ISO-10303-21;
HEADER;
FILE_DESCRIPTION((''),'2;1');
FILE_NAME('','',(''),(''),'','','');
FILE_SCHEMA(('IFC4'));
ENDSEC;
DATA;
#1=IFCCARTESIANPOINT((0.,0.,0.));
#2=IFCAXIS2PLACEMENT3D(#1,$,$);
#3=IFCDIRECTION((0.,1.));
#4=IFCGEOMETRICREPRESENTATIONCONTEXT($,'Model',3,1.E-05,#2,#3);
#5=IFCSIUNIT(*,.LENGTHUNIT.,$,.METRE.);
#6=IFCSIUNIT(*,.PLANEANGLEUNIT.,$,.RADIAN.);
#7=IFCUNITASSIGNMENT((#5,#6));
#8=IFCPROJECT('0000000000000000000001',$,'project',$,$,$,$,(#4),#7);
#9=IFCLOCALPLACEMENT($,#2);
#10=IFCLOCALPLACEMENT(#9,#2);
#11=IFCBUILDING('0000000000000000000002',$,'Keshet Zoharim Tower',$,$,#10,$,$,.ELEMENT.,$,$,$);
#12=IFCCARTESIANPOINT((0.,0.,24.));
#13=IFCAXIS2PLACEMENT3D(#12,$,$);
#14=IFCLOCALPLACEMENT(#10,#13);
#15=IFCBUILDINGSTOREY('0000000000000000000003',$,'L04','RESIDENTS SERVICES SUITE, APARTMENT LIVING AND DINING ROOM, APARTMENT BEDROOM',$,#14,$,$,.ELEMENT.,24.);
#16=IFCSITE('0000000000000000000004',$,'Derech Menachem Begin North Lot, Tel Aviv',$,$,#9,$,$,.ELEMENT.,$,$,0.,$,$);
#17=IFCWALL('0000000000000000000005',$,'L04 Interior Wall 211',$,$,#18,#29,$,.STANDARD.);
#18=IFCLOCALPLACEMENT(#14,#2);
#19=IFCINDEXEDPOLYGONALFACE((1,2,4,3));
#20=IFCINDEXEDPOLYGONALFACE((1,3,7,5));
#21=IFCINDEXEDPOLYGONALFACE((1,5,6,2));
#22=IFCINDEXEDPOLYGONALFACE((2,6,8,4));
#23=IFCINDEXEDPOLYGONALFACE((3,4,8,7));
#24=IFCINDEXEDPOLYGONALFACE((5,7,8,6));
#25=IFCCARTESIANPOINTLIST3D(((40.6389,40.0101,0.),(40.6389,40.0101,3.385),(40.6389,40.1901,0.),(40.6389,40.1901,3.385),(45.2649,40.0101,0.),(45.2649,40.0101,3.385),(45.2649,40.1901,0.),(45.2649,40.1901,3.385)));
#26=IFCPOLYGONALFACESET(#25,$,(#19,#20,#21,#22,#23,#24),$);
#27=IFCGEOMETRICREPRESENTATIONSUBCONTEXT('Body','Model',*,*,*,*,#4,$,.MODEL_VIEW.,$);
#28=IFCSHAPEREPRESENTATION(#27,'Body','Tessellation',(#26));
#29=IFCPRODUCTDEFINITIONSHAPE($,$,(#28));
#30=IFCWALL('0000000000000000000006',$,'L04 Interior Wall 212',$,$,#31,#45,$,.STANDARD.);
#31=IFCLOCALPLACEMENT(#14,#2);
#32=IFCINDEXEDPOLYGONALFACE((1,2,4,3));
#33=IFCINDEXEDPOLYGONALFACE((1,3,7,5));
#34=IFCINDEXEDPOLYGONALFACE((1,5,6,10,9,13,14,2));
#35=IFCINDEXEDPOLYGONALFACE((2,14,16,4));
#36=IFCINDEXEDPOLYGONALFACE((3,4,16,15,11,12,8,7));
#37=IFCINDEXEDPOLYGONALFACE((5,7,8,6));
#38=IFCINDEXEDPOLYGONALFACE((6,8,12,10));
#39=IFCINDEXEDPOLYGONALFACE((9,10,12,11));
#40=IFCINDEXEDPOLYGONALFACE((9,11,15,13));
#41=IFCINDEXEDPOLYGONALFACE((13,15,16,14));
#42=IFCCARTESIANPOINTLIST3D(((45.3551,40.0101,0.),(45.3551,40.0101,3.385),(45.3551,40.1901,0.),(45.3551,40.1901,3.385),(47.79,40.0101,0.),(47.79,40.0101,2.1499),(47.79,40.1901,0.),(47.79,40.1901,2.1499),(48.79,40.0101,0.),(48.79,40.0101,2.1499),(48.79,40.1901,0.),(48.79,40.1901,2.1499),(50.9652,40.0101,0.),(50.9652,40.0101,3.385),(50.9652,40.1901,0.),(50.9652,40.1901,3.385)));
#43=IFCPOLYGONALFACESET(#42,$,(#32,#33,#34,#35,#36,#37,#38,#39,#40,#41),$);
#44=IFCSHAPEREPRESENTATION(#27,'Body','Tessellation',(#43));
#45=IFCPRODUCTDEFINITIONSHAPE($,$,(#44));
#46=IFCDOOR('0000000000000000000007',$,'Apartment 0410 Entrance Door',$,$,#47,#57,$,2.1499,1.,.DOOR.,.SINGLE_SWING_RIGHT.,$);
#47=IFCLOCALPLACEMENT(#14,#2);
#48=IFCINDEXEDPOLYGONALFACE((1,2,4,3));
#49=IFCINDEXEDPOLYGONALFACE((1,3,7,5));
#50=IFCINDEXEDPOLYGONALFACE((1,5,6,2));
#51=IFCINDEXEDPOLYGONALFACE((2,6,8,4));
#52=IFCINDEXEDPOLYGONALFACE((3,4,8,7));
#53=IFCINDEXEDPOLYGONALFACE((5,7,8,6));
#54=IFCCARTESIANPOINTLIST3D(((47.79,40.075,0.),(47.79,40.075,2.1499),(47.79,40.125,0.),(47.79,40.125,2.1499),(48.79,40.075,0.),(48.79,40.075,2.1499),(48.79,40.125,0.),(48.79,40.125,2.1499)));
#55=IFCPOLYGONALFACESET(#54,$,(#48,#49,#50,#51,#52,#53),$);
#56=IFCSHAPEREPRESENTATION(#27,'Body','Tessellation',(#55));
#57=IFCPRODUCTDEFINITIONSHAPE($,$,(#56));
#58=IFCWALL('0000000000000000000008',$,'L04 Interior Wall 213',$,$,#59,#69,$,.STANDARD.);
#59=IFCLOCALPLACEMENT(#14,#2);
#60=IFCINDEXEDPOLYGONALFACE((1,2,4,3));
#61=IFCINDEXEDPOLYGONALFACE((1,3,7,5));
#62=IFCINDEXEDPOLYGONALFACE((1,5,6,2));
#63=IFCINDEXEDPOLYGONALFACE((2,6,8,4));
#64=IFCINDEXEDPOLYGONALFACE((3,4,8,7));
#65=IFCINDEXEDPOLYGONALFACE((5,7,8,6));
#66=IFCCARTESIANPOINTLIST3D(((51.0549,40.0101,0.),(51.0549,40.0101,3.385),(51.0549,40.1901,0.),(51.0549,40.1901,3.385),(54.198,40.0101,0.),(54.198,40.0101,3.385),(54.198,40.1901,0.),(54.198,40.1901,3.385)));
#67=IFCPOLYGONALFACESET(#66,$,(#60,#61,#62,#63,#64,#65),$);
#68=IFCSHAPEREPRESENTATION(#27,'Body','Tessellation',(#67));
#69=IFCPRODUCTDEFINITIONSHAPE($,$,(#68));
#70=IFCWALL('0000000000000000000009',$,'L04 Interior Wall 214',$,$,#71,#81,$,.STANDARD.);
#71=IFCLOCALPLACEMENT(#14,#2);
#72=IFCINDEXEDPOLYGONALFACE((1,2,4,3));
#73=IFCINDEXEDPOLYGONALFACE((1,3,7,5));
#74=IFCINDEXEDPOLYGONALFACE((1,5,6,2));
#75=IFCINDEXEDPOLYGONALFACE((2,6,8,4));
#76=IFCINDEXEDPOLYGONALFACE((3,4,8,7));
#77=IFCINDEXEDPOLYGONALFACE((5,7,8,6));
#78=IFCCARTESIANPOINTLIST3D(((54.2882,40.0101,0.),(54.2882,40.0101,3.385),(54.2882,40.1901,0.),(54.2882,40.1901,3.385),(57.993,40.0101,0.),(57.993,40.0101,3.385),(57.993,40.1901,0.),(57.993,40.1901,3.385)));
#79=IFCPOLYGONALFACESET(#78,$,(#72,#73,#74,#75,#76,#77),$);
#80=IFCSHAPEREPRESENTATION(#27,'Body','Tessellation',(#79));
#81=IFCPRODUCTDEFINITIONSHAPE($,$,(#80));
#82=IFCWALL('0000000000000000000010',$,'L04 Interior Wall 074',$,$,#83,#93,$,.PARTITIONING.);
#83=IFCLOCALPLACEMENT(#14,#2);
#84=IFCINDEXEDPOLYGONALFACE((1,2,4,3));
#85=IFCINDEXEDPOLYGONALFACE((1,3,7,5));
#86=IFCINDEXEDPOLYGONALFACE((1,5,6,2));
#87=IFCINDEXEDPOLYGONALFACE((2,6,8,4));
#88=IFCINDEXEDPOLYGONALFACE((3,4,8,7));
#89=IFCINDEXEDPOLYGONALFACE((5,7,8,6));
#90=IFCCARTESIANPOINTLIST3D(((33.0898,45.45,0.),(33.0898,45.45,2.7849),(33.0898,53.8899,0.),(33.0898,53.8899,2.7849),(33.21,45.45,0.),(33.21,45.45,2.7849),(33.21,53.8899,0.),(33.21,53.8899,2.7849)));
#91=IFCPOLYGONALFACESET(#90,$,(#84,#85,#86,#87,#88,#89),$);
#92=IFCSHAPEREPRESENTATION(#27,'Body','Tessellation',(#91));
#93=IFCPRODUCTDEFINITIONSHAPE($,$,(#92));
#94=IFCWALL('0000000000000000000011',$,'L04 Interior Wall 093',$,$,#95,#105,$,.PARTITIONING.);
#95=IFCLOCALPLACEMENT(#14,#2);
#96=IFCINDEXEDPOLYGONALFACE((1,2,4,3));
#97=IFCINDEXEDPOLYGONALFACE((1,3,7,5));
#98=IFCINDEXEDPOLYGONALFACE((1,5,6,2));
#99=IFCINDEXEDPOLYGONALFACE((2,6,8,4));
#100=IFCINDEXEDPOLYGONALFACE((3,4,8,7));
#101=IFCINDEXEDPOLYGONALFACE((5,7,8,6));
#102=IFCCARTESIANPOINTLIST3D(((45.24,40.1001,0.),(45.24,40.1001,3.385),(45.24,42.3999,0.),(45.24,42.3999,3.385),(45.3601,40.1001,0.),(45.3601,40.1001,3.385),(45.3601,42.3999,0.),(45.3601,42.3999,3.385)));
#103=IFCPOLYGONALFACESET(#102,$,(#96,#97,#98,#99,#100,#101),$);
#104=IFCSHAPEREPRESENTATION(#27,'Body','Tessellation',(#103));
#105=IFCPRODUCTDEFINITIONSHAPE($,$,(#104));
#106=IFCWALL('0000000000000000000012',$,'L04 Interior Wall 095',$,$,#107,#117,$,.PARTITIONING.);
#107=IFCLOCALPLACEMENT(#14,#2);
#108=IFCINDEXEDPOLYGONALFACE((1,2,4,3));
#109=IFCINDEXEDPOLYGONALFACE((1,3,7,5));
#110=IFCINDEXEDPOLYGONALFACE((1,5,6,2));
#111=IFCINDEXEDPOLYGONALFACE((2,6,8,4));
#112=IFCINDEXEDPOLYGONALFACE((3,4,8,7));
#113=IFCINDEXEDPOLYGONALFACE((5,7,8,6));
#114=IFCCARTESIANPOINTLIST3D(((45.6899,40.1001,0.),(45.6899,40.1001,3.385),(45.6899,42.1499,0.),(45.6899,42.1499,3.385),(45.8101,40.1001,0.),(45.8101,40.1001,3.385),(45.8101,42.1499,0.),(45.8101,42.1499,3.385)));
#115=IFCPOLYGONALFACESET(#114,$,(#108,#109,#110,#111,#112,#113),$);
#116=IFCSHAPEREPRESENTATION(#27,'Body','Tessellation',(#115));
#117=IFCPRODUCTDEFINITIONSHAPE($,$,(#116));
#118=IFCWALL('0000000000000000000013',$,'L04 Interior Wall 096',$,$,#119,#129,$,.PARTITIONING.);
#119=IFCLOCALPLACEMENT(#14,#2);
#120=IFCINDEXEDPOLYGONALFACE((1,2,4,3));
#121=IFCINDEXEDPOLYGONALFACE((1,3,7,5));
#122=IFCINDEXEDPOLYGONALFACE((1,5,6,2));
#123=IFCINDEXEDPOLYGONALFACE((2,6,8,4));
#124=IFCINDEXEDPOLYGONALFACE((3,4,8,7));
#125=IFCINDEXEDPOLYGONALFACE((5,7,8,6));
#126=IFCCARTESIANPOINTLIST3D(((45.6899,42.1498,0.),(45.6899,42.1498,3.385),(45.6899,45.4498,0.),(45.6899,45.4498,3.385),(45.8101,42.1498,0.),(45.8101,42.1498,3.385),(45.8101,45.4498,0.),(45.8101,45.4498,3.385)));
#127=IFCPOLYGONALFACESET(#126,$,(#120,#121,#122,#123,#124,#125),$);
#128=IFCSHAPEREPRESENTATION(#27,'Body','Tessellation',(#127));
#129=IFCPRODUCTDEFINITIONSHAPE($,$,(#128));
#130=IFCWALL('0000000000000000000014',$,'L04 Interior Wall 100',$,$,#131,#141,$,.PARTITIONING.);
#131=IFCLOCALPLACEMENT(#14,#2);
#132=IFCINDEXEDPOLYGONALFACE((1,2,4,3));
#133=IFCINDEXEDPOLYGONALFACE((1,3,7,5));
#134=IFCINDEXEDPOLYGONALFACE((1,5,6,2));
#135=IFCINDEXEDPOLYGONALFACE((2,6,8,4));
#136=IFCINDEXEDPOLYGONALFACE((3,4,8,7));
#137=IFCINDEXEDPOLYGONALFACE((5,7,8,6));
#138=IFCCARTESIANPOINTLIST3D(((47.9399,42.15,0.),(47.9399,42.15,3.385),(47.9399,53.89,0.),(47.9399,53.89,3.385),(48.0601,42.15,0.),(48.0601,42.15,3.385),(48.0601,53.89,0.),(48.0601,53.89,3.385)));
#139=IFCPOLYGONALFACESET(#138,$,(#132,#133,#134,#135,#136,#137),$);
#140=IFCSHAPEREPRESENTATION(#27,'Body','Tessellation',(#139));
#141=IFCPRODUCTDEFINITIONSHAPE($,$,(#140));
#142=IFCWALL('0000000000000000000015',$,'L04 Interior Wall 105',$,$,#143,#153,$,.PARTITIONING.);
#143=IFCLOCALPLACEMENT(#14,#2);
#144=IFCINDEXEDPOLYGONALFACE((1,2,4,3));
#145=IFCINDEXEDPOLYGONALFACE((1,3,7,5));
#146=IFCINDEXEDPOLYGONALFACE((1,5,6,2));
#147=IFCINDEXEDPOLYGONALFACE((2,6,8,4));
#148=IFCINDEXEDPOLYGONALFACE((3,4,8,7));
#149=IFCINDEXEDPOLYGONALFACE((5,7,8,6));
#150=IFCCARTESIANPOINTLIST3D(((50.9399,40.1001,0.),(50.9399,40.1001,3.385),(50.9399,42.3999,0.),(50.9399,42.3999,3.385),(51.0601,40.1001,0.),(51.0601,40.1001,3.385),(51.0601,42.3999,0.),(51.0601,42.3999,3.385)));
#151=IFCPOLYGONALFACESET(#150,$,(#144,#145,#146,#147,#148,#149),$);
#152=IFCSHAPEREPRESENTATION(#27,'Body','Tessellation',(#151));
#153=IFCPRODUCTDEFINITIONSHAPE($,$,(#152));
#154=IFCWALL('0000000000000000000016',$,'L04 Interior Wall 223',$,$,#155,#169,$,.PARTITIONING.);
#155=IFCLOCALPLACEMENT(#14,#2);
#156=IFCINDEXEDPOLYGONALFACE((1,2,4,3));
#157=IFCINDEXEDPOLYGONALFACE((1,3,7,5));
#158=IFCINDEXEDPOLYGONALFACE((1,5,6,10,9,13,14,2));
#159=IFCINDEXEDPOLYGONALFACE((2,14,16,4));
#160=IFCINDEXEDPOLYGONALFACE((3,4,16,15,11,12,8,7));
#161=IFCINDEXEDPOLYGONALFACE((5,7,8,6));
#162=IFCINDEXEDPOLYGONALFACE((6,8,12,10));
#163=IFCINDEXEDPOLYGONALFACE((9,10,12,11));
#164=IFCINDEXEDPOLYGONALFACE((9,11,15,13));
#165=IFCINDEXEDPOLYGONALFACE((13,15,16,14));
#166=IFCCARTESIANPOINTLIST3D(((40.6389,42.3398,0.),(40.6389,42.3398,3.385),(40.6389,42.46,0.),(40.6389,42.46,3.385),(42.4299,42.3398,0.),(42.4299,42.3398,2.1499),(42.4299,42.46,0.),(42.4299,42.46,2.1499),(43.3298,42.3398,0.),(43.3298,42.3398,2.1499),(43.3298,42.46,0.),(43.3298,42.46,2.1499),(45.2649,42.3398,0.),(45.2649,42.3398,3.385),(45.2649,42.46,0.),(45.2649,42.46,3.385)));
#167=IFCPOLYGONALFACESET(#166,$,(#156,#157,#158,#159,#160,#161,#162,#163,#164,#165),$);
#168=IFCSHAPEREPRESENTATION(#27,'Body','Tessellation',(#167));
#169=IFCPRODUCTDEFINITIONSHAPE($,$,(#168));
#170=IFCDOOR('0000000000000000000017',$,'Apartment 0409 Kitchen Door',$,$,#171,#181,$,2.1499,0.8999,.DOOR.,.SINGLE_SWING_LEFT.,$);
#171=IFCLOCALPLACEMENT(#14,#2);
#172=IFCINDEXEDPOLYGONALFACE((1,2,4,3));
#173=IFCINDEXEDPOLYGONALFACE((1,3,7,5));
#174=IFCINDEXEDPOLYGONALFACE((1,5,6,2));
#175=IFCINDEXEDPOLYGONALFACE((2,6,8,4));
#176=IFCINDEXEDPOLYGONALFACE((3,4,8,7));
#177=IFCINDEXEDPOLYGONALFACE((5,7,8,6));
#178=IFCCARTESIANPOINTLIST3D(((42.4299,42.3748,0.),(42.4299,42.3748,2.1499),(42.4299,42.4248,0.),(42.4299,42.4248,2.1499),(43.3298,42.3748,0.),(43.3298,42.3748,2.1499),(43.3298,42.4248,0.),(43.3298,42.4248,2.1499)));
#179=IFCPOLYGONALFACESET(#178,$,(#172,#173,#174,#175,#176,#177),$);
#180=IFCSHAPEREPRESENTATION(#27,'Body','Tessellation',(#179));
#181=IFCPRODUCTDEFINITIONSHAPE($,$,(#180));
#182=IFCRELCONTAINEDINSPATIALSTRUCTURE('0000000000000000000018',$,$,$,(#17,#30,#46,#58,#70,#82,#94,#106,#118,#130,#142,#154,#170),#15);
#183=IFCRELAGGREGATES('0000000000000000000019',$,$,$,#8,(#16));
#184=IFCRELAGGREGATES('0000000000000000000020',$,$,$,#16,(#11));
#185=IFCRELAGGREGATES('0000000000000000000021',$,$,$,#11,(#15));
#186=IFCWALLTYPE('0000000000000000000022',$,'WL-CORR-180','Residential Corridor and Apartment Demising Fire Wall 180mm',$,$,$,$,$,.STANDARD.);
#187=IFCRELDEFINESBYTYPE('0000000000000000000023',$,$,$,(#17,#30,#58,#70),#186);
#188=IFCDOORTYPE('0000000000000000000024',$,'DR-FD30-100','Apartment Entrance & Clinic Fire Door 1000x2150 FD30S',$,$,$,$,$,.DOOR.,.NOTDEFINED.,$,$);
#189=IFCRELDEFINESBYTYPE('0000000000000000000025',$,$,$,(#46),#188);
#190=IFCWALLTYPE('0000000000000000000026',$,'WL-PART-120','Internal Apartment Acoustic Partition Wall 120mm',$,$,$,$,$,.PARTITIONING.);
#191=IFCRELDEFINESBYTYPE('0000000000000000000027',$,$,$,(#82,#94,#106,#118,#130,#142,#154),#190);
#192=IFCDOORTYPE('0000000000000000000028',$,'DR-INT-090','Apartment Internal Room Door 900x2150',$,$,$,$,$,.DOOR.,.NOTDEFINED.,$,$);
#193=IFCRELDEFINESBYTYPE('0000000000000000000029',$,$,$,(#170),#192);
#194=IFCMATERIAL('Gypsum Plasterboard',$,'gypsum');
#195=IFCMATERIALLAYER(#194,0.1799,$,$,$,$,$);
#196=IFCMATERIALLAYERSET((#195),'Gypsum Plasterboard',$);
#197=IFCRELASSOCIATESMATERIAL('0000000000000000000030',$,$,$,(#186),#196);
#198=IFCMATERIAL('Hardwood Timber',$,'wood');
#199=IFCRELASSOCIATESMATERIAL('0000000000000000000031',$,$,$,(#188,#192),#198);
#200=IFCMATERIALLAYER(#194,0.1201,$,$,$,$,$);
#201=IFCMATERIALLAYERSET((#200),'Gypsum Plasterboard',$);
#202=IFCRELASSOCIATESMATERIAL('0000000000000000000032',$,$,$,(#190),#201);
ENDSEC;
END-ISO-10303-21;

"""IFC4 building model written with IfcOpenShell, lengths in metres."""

from ifc_helpers import new_model, si_unit, direction, frame, frame_2d, origin, place, context, subcontext, project, spatial, rectangle, extrude, material, layer, layer_set, type_object, element, fill, save


model = new_model("IFC4")

# Units and contexts
model_context = context("Model", 3, precision=1e-05, world=origin(), true_north=direction((0.0, 1.0)))
body_context = subcontext(model_context, "Body", "Model", "MODEL_VIEW")
ifc_project = project(units=[si_unit("LENGTHUNIT", "METRE"), si_unit("PLANEANGLEUNIT", "RADIAN")], contexts=[model_context])

# Site, building, storey
site_placement = place(None, origin())
site = spatial("IfcSite", under=ifc_project, at=site_placement, Name="Derech Menachem Begin North Lot, Tel Aviv", CompositionType="ELEMENT", RefElevation=0.0)
building_placement = place(site_placement, origin())
building = spatial("IfcBuilding", under=site, at=building_placement, Name="Keshet Zoharim Tower", CompositionType="ELEMENT")
storey_placement = place(building_placement, frame((0.0, 0.0, 24.0)))
storey = spatial("IfcBuildingStorey", under=building, at=storey_placement, Name="L04", Description="RESIDENTS SERVICES SUITE, APARTMENT LIVING AND DINING ROOM, APARTMENT BEDROOM", CompositionType="ELEMENT", Elevation=24.0)

# Wall
ifc_material_1 = material(Name="Gypsum Plasterboard", Category="gypsum")
ifc_layer_1 = layer(ifc_material_1, 0.1799)
ifc_layer_set_1 = layer_set([ifc_layer_1], Name="Gypsum Plasterboard")
wall_type_1 = type_object("IfcWallType", Name="WL-CORR-180", Description="Residential Corridor and Apartment Demising Fire Wall 180mm", PredefinedType="STANDARD", material=ifc_layer_set_1)
wall_1_placement = place(storey_placement, frame((40.6389, 40.1001, 0.0), z_axis=(0.0, 0.0, 1.0), x_axis=(1.0, 0.0, 0.0)))
element("IfcWall", 1, at=wall_1_placement, inside=storey, type_object=wall_type_1, Name="L04 Interior Wall 211", PredefinedType="STANDARD", context=body_context, shape_type="SweptSolid", body=[
    extrude(rectangle(XDim=4.626, YDim=0.1799, at=frame_2d((2.313, 0.0))), origin(), (0.0, 0.0, 1.0), 3.385),
])

# Wall, opening, door
wall_2_placement = place(storey_placement, frame((45.355, 40.1001, 0.0), z_axis=(0.0, 0.0, 1.0), x_axis=(1.0, 0.0, 0.0)))
wall_2 = element("IfcWall", 2, at=wall_2_placement, inside=storey, type_object=wall_type_1, Name="L04 Interior Wall 212", PredefinedType="STANDARD", context=body_context, shape_type="SweptSolid", body=[
    extrude(rectangle(XDim=5.6101, YDim=0.1799, at=frame_2d((2.8052, 0.0))), origin(), (0.0, 0.0, 1.0), 3.385),
])
opening_1_placement = place(wall_2_placement, frame((2.4351, 0.0, 0.0)))
opening_1 = element("IfcOpeningElement", 3, at=opening_1_placement, cuts=wall_2, PredefinedType="OPENING", context=body_context, shape_type="SweptSolid", body=[
    extrude(rectangle(XDim=1.0, YDim=2.1499, at=frame_2d((0.5, 1.075))), frame((0.0, 0.1001, 0.0), z_axis=(0.0, -1.0, 0.0), x_axis=(1.0, 0.0, 0.0)), (0.0, 0.0, 1.0), 0.2),
])
ifc_material_2 = material(Name="Hardwood Timber", Category="wood")
door_type_1 = type_object("IfcDoorType", Name="DR-FD30-100", Description="Apartment Entrance & Clinic Fire Door 1000x2150 FD30S", OperationType="NOTDEFINED", PredefinedType="DOOR", material=ifc_material_2)
door_1_placement = place(opening_1_placement, origin())
door_1 = element("IfcDoor", 4, at=door_1_placement, inside=storey, type_object=door_type_1, Name="Apartment 0410 Entrance Door", OperationType="SINGLE_SWING_RIGHT", OverallHeight=2.1499, OverallWidth=1.0, PredefinedType="DOOR", context=body_context, shape_type="SweptSolid", body=[
    extrude(rectangle(XDim=1.0, YDim=2.1499, at=frame_2d((0.5, 1.075))), frame((0.0, 0.0249, 0.0), z_axis=(0.0, -1.0, 0.0), x_axis=(1.0, 0.0, 0.0)), (0.0, 0.0, 1.0), 0.05),
])
fill(opening_1, door_1)

# Walls
wall_3_placement = place(storey_placement, frame((51.0549, 40.1001, 0.0), z_axis=(0.0, 0.0, 1.0), x_axis=(1.0, 0.0, 0.0)))
element("IfcWall", 5, at=wall_3_placement, inside=storey, type_object=wall_type_1, Name="L04 Interior Wall 213", PredefinedType="STANDARD", context=body_context, shape_type="SweptSolid", body=[
    extrude(rectangle(XDim=3.1431, YDim=0.1799, at=frame_2d((1.5715, 0.0))), origin(), (0.0, 0.0, 1.0), 3.385),
])
wall_4_placement = place(storey_placement, frame((54.2881, 40.1001, 0.0), z_axis=(0.0, 0.0, 1.0), x_axis=(1.0, 0.0, 0.0)))
element("IfcWall", 6, at=wall_4_placement, inside=storey, type_object=wall_type_1, Name="L04 Interior Wall 214", PredefinedType="STANDARD", context=body_context, shape_type="SweptSolid", body=[
    extrude(rectangle(XDim=3.7048, YDim=0.1799, at=frame_2d((1.8525, 0.0))), origin(), (0.0, 0.0, 1.0), 3.385),
])

# Walls
ifc_layer_2 = layer(ifc_material_1, 0.1201)
ifc_layer_set_2 = layer_set([ifc_layer_2], Name="Gypsum Plasterboard")
wall_type_2 = type_object("IfcWallType", Name="WL-PART-120", Description="Internal Apartment Acoustic Partition Wall 120mm", PredefinedType="PARTITIONING", material=ifc_layer_set_2)
wall_5_placement = place(storey_placement, frame((33.1499, 45.45, 0.0), z_axis=(0.0, 0.0, 1.0), x_axis=(0.0, 1.0, 0.0)))
element("IfcWall", 7, at=wall_5_placement, inside=storey, type_object=wall_type_2, Name="L04 Interior Wall 074", PredefinedType="PARTITIONING", context=body_context, shape_type="SweptSolid", body=[
    extrude(rectangle(XDim=8.4399, YDim=0.1201, at=frame_2d((4.22, 0.0))), origin(), (0.0, 0.0, 1.0), 2.7849),
])
wall_6_placement = place(storey_placement, frame((45.3, 40.1001, 0.0), z_axis=(0.0, 0.0, 1.0), x_axis=(0.0, 1.0, 0.0)))
element("IfcWall", 8, at=wall_6_placement, inside=storey, type_object=wall_type_2, Name="L04 Interior Wall 093", PredefinedType="PARTITIONING", context=body_context, shape_type="SweptSolid", body=[
    extrude(rectangle(XDim=2.2998, YDim=0.1201, at=frame_2d((1.1499, 0.0))), origin(), (0.0, 0.0, 1.0), 3.385),
])
wall_7_placement = place(storey_placement, frame((45.75, 40.1001, 0.0), z_axis=(0.0, 0.0, 1.0), x_axis=(0.0, 1.0, 0.0)))
element("IfcWall", 9, at=wall_7_placement, inside=storey, type_object=wall_type_2, Name="L04 Interior Wall 095", PredefinedType="PARTITIONING", context=body_context, shape_type="SweptSolid", body=[
    extrude(rectangle(XDim=2.0498, YDim=0.1201, at=frame_2d((1.0249, 0.0))), origin(), (0.0, 0.0, 1.0), 3.385),
])
wall_8_placement = place(storey_placement, frame((45.75, 42.1499, 0.0), z_axis=(0.0, 0.0, 1.0), x_axis=(0.0, 1.0, 0.0)))
element("IfcWall", 10, at=wall_8_placement, inside=storey, type_object=wall_type_2, Name="L04 Interior Wall 096", PredefinedType="PARTITIONING", context=body_context, shape_type="SweptSolid", body=[
    extrude(rectangle(XDim=3.3, YDim=0.1201, at=frame_2d((1.6499, 0.0))), origin(), (0.0, 0.0, 1.0), 3.385),
])
wall_9_placement = place(storey_placement, frame((48.0, 42.1499, 0.0), z_axis=(0.0, 0.0, 1.0), x_axis=(0.0, 1.0, 0.0)))
element("IfcWall", 11, at=wall_9_placement, inside=storey, type_object=wall_type_2, Name="L04 Interior Wall 100", PredefinedType="PARTITIONING", context=body_context, shape_type="SweptSolid", body=[
    extrude(rectangle(XDim=11.74, YDim=0.1201, at=frame_2d((5.8701, 0.0))), origin(), (0.0, 0.0, 1.0), 3.385),
])
wall_10_placement = place(storey_placement, frame((51.0, 40.1001, 0.0), z_axis=(0.0, 0.0, 1.0), x_axis=(0.0, 1.0, 0.0)))
element("IfcWall", 12, at=wall_10_placement, inside=storey, type_object=wall_type_2, Name="L04 Interior Wall 105", PredefinedType="PARTITIONING", context=body_context, shape_type="SweptSolid", body=[
    extrude(rectangle(XDim=2.2998, YDim=0.1201, at=frame_2d((1.1499, 0.0))), origin(), (0.0, 0.0, 1.0), 3.385),
])

# Wall, opening, door
door_type_2 = type_object("IfcDoorType", Name="DR-INT-090", Description="Apartment Internal Room Door 900x2150", OperationType="NOTDEFINED", PredefinedType="DOOR", material=ifc_material_2)
wall_11_placement = place(storey_placement, frame((40.6389, 42.3999, 0.0), z_axis=(0.0, 0.0, 1.0), x_axis=(1.0, 0.0, 0.0)))
wall_11 = element("IfcWall", 13, at=wall_11_placement, inside=storey, type_object=wall_type_2, Name="L04 Interior Wall 223", PredefinedType="PARTITIONING", context=body_context, shape_type="SweptSolid", body=[
    extrude(rectangle(XDim=4.626, YDim=0.1201, at=frame_2d((2.313, 0.0))), origin(), (0.0, 0.0, 1.0), 3.385),
])
opening_2_placement = place(wall_11_placement, frame((1.791, 0.0, 0.0)))
opening_2 = element("IfcOpeningElement", 14, at=opening_2_placement, cuts=wall_11, PredefinedType="OPENING", context=body_context, shape_type="SweptSolid", body=[
    extrude(rectangle(XDim=0.8999, YDim=2.1499, at=frame_2d((0.45, 1.075))), frame((0.0, 0.0701, 0.0), z_axis=(0.0, -1.0, 0.0), x_axis=(1.0, 0.0, 0.0)), (0.0, 0.0, 1.0), 0.1401),
])
door_2_placement = place(opening_2_placement, origin())
door_2 = element("IfcDoor", 15, at=door_2_placement, inside=storey, type_object=door_type_2, Name="Apartment 0409 Kitchen Door", OperationType="SINGLE_SWING_LEFT", OverallHeight=2.1499, OverallWidth=0.8999, PredefinedType="DOOR", context=body_context, shape_type="SweptSolid", body=[
    extrude(rectangle(XDim=0.8999, YDim=2.1499, at=frame_2d((0.45, 1.075))), frame((0.0, 0.0249, 0.0), z_axis=(0.0, -1.0, 0.0), x_axis=(1.0, 0.0, 0.0)), (0.0, 0.0, 1.0), 0.05),
])
fill(opening_2, door_2)

save(model, "model.ifc")
